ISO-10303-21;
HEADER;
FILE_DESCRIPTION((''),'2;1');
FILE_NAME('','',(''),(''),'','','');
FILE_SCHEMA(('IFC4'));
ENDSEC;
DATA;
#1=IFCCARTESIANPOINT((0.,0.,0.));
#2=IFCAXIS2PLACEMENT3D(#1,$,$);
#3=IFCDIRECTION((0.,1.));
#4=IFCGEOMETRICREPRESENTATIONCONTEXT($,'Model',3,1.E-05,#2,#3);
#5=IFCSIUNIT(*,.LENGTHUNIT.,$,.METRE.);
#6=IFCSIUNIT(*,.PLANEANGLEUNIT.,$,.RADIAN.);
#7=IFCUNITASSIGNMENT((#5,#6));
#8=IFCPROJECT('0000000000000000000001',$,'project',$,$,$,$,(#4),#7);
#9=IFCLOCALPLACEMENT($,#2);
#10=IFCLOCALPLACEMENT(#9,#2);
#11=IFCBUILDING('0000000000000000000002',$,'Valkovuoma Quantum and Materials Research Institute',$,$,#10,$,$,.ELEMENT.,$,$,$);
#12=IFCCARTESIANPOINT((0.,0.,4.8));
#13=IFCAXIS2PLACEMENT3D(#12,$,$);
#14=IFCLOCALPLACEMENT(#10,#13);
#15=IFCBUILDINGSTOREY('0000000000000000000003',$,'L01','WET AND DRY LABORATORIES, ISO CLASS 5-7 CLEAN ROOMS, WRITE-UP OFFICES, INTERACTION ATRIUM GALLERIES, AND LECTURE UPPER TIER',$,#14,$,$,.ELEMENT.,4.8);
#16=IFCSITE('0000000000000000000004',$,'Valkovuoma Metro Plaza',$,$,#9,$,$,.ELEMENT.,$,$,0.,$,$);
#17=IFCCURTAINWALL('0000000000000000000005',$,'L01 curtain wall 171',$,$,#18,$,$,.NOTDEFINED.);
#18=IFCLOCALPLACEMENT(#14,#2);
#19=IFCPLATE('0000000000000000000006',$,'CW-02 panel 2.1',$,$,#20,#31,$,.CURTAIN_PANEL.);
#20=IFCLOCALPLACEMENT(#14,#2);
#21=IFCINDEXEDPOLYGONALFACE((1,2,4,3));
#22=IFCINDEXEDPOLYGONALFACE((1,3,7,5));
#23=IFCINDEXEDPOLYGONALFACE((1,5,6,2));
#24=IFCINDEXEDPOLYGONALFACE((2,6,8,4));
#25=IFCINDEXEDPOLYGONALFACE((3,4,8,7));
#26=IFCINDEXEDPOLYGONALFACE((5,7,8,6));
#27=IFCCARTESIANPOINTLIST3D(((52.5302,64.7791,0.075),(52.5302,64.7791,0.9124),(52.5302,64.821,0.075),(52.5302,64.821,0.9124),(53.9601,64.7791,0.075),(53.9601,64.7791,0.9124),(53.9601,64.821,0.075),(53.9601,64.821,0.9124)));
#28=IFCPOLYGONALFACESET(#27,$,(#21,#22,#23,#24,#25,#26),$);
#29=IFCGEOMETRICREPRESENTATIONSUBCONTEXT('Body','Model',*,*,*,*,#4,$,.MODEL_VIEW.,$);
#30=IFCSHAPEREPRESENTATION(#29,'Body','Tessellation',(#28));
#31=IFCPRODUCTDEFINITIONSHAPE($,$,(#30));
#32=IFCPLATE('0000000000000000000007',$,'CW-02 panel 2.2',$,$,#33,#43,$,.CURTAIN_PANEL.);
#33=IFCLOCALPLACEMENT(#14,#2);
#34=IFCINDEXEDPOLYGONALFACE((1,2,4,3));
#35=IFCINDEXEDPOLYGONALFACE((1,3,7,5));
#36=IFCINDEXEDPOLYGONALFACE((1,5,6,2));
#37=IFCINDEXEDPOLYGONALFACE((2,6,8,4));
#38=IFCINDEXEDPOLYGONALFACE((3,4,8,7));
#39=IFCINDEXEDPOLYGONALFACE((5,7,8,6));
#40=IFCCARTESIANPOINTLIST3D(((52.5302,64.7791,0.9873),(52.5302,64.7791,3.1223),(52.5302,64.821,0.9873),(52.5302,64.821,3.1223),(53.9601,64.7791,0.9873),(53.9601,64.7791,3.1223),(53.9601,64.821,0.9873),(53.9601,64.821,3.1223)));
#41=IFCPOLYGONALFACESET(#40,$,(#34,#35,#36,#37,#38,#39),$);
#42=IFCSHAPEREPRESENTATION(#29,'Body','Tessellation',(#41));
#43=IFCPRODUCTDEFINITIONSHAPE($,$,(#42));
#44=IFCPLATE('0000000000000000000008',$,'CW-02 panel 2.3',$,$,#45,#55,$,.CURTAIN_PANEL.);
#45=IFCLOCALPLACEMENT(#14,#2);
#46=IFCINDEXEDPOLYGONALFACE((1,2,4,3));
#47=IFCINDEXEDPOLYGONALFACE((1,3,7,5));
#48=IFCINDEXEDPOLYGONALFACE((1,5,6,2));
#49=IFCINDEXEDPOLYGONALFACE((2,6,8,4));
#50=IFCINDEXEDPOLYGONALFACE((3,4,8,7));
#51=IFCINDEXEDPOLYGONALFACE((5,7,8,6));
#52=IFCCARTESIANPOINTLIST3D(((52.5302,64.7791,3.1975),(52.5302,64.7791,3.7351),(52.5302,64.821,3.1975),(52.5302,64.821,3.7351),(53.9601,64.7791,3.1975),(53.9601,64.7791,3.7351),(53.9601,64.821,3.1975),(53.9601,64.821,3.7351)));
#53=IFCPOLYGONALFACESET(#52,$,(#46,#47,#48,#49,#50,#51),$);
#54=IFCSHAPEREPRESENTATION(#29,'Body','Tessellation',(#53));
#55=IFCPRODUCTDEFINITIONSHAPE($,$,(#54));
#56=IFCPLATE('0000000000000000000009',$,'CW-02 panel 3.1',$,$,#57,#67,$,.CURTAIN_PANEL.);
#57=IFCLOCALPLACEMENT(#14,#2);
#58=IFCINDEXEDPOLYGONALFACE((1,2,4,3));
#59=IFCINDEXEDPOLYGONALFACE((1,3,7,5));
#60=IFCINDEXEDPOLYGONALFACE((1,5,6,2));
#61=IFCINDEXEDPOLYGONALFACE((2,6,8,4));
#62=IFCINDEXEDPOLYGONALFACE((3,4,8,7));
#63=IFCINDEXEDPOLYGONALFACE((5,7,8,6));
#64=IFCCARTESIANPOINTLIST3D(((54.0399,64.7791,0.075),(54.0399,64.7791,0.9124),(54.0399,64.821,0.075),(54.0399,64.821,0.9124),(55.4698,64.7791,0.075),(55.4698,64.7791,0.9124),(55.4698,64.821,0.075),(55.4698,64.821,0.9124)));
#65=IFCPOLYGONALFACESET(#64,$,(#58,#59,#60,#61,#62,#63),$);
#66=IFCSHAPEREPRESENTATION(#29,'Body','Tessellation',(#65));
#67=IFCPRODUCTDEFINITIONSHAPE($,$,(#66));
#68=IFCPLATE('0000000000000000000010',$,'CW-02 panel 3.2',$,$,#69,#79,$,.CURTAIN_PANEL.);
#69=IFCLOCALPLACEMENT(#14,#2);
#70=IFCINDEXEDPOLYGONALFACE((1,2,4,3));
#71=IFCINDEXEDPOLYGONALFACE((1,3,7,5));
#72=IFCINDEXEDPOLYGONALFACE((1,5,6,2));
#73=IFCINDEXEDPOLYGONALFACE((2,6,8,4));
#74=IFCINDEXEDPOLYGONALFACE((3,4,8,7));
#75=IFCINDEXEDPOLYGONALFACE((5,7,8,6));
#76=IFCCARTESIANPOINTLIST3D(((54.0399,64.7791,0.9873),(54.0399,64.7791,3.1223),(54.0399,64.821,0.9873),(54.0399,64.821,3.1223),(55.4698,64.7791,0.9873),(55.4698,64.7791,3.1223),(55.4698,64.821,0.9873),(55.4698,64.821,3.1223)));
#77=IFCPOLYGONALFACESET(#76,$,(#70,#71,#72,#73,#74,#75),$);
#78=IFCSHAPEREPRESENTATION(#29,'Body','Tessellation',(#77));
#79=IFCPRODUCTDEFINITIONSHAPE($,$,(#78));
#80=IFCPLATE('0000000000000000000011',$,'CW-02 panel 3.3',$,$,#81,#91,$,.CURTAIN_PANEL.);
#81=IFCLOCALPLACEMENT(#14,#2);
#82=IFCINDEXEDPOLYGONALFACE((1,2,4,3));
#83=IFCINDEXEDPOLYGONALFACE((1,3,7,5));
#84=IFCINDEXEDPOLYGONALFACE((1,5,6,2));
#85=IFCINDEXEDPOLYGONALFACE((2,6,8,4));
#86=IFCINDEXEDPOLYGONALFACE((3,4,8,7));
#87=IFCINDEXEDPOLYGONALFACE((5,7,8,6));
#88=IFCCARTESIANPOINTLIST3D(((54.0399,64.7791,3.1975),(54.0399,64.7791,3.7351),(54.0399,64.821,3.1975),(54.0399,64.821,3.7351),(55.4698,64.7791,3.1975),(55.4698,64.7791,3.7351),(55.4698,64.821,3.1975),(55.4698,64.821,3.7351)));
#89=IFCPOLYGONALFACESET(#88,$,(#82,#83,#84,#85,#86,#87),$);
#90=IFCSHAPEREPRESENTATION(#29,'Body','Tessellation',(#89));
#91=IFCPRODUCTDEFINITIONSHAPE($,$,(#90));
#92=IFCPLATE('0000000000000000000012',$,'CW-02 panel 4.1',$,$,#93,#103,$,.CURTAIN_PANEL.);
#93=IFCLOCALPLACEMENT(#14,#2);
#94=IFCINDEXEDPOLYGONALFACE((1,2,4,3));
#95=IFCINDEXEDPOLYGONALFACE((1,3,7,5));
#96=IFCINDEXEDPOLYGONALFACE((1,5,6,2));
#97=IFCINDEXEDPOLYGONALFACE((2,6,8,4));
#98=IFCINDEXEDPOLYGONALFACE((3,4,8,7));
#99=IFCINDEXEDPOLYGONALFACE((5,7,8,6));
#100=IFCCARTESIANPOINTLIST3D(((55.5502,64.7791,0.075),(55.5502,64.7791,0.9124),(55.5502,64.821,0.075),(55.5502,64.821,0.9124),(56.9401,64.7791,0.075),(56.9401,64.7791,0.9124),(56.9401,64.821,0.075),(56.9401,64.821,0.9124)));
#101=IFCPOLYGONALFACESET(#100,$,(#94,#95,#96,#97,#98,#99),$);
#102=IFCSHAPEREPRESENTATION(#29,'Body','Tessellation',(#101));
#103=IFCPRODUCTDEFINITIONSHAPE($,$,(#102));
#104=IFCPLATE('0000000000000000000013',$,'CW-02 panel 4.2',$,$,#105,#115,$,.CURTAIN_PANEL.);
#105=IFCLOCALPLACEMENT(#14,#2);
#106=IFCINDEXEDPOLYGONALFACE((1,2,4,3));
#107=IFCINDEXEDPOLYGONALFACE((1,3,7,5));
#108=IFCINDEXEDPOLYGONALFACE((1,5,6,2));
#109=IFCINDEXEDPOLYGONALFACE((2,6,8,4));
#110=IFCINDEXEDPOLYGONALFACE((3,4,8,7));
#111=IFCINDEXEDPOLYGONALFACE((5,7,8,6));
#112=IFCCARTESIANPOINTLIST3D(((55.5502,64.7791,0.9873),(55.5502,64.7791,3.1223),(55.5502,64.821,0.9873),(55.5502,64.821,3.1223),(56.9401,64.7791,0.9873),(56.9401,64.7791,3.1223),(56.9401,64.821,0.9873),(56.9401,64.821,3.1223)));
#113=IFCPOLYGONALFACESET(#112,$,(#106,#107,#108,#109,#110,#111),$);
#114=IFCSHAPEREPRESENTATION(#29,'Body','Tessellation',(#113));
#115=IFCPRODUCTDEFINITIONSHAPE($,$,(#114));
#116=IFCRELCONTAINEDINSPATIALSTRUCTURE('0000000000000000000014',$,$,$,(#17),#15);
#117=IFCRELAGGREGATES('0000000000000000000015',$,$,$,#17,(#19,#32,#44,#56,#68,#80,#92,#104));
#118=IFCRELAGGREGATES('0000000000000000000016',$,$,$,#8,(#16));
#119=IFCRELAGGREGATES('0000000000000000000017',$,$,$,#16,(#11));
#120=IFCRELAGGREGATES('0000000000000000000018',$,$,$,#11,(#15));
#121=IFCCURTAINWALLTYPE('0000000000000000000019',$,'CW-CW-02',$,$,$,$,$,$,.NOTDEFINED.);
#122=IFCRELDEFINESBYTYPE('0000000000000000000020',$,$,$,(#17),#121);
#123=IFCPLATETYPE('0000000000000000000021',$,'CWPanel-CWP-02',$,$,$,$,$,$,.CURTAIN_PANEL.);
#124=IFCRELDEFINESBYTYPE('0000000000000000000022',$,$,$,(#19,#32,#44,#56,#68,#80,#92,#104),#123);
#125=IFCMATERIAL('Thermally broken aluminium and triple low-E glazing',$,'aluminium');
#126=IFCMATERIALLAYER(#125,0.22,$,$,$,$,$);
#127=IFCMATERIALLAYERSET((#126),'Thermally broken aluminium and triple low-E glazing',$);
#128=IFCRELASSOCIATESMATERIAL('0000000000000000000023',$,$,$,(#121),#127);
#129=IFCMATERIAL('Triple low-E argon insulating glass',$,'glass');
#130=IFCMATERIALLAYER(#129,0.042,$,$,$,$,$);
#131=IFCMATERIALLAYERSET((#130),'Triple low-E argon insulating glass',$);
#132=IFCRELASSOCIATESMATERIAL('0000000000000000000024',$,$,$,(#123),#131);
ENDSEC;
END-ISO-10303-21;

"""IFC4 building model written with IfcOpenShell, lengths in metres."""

from ifc_helpers import new_model, si_unit, direction, frame, origin, origin_2d, place, context, subcontext, project, spatial, rectangle, extrude, material, layer, layer_set, type_object, element, aggregate, save


model = new_model("IFC4")

# Units and contexts
model_context = context("Model", 3, precision=1e-05, world=origin(), true_north=direction((0.0, 1.0)))
body_context = subcontext(model_context, "Body", "Model", "MODEL_VIEW")
ifc_project = project(units=[si_unit("LENGTHUNIT", "METRE"), si_unit("PLANEANGLEUNIT", "RADIAN")], contexts=[model_context])

# Site, building, storey
site_placement = place(None, origin())
site = spatial("IfcSite", under=ifc_project, at=site_placement, Name="Valkovuoma Metro Plaza", CompositionType="ELEMENT", RefElevation=0.0)
building_placement = place(site_placement, origin())
building = spatial("IfcBuilding", under=site, at=building_placement, Name="Valkovuoma Quantum and Materials Research Institute", CompositionType="ELEMENT")
storey_placement = place(building_placement, frame((0.0, 0.0, 4.8)))
storey = spatial("IfcBuildingStorey", under=building, at=storey_placement, Name="L01", Description="WET AND DRY LABORATORIES, ISO CLASS 5-7 CLEAN ROOMS, WRITE-UP OFFICES, INTERACTION ATRIUM GALLERIES, AND LECTURE UPPER TIER", CompositionType="ELEMENT", Elevation=4.8)

# Curtain wall, plates
ifc_material_1 = material(Name="Thermally broken aluminium and triple low-E glazing", Category="aluminium")
ifc_layer_1 = layer(ifc_material_1, 0.22)
ifc_layer_set_1 = layer_set([ifc_layer_1], Name="Thermally broken aluminium and triple low-E glazing")
curtain_wall_type = type_object("IfcCurtainWallType", Name="CW-CW-02", PredefinedType="NOTDEFINED", material=ifc_layer_set_1)
curtain_wall_placement = place(storey_placement, origin())
curtain_wall = element("IfcCurtainWall", 1, at=curtain_wall_placement, inside=storey, type_object=curtain_wall_type, Name="L01 curtain wall 171", PredefinedType="NOTDEFINED")
ifc_material_2 = material(Name="Triple low-E argon insulating glass", Category="glass")
ifc_layer_2 = layer(ifc_material_2, 0.042)
ifc_layer_set_2 = layer_set([ifc_layer_2], Name="Triple low-E argon insulating glass")
plate_type = type_object("IfcPlateType", Name="CWPanel-CWP-02", PredefinedType="CURTAIN_PANEL", material=ifc_layer_set_2)
plate_1_placement = place(storey_placement, frame((53.2451, 64.8, 0.075), z_axis=(0.0, 0.0, 1.0), x_axis=(1.0, 0.0, 0.0)))
plate_1 = element("IfcPlate", 2, at=plate_1_placement, type_object=plate_type, Name="CW-02 panel 2.1", PredefinedType="CURTAIN_PANEL", context=body_context, shape_type="SweptSolid", body=[
    extrude(rectangle(XDim=1.4299, YDim=0.042, at=origin_2d()), origin(), (0.0, 0.0, 1.0), 0.8374),
])
plate_2_placement = place(storey_placement, frame((53.2451, 64.8, 0.9873), z_axis=(0.0, 0.0, 1.0), x_axis=(1.0, 0.0, 0.0)))
plate_2 = element("IfcPlate", 3, at=plate_2_placement, type_object=plate_type, Name="CW-02 panel 2.2", PredefinedType="CURTAIN_PANEL", context=body_context, shape_type="SweptSolid", body=[
    extrude(rectangle(XDim=1.4299, YDim=0.042, at=origin_2d()), origin(), (0.0, 0.0, 1.0), 2.135),
])
plate_3_placement = place(storey_placement, frame((53.2451, 64.8, 3.1975), z_axis=(0.0, 0.0, 1.0), x_axis=(1.0, 0.0, 0.0)))
plate_3 = element("IfcPlate", 4, at=plate_3_placement, type_object=plate_type, Name="CW-02 panel 2.3", PredefinedType="CURTAIN_PANEL", context=body_context, shape_type="SweptSolid", body=[
    extrude(rectangle(XDim=1.4299, YDim=0.042, at=origin_2d()), origin(), (0.0, 0.0, 1.0), 0.5376),
])
plate_4_placement = place(storey_placement, frame((54.7549, 64.8, 0.075), z_axis=(0.0, 0.0, 1.0), x_axis=(1.0, 0.0, 0.0)))
plate_4 = element("IfcPlate", 5, at=plate_4_placement, type_object=plate_type, Name="CW-02 panel 3.1", PredefinedType="CURTAIN_PANEL", context=body_context, shape_type="SweptSolid", body=[
    extrude(rectangle(XDim=1.4299, YDim=0.042, at=origin_2d()), origin(), (0.0, 0.0, 1.0), 0.8374),
])
plate_5_placement = place(storey_placement, frame((54.7549, 64.8, 0.9873), z_axis=(0.0, 0.0, 1.0), x_axis=(1.0, 0.0, 0.0)))
plate_5 = element("IfcPlate", 6, at=plate_5_placement, type_object=plate_type, Name="CW-02 panel 3.2", PredefinedType="CURTAIN_PANEL", context=body_context, shape_type="SweptSolid", body=[
    extrude(rectangle(XDim=1.4299, YDim=0.042, at=origin_2d()), origin(), (0.0, 0.0, 1.0), 2.135),
])
plate_6_placement = place(storey_placement, frame((54.7549, 64.8, 3.1975), z_axis=(0.0, 0.0, 1.0), x_axis=(1.0, 0.0, 0.0)))
plate_6 = element("IfcPlate", 7, at=plate_6_placement, type_object=plate_type, Name="CW-02 panel 3.3", PredefinedType="CURTAIN_PANEL", context=body_context, shape_type="SweptSolid", body=[
    extrude(rectangle(XDim=1.4299, YDim=0.042, at=origin_2d()), origin(), (0.0, 0.0, 1.0), 0.5376),
])
plate_7_placement = place(storey_placement, frame((56.2451, 64.8, 0.075), z_axis=(0.0, 0.0, 1.0), x_axis=(1.0, 0.0, 0.0)))
plate_7 = element("IfcPlate", 8, at=plate_7_placement, type_object=plate_type, Name="CW-02 panel 4.1", PredefinedType="CURTAIN_PANEL", context=body_context, shape_type="SweptSolid", body=[
    extrude(rectangle(XDim=1.3899, YDim=0.042, at=origin_2d()), origin(), (0.0, 0.0, 1.0), 0.8374),
])
plate_8_placement = place(storey_placement, frame((56.2451, 64.8, 0.9873), z_axis=(0.0, 0.0, 1.0), x_axis=(1.0, 0.0, 0.0)))
plate_8 = element("IfcPlate", 9, at=plate_8_placement, type_object=plate_type, Name="CW-02 panel 4.2", PredefinedType="CURTAIN_PANEL", context=body_context, shape_type="SweptSolid", body=[
    extrude(rectangle(XDim=1.3899, YDim=0.042, at=origin_2d()), origin(), (0.0, 0.0, 1.0), 2.135),
])
aggregate(curtain_wall, [plate_1, plate_2, plate_3, plate_4, plate_5, plate_6, plate_7, plate_8])

save(model, "model.ifc")
